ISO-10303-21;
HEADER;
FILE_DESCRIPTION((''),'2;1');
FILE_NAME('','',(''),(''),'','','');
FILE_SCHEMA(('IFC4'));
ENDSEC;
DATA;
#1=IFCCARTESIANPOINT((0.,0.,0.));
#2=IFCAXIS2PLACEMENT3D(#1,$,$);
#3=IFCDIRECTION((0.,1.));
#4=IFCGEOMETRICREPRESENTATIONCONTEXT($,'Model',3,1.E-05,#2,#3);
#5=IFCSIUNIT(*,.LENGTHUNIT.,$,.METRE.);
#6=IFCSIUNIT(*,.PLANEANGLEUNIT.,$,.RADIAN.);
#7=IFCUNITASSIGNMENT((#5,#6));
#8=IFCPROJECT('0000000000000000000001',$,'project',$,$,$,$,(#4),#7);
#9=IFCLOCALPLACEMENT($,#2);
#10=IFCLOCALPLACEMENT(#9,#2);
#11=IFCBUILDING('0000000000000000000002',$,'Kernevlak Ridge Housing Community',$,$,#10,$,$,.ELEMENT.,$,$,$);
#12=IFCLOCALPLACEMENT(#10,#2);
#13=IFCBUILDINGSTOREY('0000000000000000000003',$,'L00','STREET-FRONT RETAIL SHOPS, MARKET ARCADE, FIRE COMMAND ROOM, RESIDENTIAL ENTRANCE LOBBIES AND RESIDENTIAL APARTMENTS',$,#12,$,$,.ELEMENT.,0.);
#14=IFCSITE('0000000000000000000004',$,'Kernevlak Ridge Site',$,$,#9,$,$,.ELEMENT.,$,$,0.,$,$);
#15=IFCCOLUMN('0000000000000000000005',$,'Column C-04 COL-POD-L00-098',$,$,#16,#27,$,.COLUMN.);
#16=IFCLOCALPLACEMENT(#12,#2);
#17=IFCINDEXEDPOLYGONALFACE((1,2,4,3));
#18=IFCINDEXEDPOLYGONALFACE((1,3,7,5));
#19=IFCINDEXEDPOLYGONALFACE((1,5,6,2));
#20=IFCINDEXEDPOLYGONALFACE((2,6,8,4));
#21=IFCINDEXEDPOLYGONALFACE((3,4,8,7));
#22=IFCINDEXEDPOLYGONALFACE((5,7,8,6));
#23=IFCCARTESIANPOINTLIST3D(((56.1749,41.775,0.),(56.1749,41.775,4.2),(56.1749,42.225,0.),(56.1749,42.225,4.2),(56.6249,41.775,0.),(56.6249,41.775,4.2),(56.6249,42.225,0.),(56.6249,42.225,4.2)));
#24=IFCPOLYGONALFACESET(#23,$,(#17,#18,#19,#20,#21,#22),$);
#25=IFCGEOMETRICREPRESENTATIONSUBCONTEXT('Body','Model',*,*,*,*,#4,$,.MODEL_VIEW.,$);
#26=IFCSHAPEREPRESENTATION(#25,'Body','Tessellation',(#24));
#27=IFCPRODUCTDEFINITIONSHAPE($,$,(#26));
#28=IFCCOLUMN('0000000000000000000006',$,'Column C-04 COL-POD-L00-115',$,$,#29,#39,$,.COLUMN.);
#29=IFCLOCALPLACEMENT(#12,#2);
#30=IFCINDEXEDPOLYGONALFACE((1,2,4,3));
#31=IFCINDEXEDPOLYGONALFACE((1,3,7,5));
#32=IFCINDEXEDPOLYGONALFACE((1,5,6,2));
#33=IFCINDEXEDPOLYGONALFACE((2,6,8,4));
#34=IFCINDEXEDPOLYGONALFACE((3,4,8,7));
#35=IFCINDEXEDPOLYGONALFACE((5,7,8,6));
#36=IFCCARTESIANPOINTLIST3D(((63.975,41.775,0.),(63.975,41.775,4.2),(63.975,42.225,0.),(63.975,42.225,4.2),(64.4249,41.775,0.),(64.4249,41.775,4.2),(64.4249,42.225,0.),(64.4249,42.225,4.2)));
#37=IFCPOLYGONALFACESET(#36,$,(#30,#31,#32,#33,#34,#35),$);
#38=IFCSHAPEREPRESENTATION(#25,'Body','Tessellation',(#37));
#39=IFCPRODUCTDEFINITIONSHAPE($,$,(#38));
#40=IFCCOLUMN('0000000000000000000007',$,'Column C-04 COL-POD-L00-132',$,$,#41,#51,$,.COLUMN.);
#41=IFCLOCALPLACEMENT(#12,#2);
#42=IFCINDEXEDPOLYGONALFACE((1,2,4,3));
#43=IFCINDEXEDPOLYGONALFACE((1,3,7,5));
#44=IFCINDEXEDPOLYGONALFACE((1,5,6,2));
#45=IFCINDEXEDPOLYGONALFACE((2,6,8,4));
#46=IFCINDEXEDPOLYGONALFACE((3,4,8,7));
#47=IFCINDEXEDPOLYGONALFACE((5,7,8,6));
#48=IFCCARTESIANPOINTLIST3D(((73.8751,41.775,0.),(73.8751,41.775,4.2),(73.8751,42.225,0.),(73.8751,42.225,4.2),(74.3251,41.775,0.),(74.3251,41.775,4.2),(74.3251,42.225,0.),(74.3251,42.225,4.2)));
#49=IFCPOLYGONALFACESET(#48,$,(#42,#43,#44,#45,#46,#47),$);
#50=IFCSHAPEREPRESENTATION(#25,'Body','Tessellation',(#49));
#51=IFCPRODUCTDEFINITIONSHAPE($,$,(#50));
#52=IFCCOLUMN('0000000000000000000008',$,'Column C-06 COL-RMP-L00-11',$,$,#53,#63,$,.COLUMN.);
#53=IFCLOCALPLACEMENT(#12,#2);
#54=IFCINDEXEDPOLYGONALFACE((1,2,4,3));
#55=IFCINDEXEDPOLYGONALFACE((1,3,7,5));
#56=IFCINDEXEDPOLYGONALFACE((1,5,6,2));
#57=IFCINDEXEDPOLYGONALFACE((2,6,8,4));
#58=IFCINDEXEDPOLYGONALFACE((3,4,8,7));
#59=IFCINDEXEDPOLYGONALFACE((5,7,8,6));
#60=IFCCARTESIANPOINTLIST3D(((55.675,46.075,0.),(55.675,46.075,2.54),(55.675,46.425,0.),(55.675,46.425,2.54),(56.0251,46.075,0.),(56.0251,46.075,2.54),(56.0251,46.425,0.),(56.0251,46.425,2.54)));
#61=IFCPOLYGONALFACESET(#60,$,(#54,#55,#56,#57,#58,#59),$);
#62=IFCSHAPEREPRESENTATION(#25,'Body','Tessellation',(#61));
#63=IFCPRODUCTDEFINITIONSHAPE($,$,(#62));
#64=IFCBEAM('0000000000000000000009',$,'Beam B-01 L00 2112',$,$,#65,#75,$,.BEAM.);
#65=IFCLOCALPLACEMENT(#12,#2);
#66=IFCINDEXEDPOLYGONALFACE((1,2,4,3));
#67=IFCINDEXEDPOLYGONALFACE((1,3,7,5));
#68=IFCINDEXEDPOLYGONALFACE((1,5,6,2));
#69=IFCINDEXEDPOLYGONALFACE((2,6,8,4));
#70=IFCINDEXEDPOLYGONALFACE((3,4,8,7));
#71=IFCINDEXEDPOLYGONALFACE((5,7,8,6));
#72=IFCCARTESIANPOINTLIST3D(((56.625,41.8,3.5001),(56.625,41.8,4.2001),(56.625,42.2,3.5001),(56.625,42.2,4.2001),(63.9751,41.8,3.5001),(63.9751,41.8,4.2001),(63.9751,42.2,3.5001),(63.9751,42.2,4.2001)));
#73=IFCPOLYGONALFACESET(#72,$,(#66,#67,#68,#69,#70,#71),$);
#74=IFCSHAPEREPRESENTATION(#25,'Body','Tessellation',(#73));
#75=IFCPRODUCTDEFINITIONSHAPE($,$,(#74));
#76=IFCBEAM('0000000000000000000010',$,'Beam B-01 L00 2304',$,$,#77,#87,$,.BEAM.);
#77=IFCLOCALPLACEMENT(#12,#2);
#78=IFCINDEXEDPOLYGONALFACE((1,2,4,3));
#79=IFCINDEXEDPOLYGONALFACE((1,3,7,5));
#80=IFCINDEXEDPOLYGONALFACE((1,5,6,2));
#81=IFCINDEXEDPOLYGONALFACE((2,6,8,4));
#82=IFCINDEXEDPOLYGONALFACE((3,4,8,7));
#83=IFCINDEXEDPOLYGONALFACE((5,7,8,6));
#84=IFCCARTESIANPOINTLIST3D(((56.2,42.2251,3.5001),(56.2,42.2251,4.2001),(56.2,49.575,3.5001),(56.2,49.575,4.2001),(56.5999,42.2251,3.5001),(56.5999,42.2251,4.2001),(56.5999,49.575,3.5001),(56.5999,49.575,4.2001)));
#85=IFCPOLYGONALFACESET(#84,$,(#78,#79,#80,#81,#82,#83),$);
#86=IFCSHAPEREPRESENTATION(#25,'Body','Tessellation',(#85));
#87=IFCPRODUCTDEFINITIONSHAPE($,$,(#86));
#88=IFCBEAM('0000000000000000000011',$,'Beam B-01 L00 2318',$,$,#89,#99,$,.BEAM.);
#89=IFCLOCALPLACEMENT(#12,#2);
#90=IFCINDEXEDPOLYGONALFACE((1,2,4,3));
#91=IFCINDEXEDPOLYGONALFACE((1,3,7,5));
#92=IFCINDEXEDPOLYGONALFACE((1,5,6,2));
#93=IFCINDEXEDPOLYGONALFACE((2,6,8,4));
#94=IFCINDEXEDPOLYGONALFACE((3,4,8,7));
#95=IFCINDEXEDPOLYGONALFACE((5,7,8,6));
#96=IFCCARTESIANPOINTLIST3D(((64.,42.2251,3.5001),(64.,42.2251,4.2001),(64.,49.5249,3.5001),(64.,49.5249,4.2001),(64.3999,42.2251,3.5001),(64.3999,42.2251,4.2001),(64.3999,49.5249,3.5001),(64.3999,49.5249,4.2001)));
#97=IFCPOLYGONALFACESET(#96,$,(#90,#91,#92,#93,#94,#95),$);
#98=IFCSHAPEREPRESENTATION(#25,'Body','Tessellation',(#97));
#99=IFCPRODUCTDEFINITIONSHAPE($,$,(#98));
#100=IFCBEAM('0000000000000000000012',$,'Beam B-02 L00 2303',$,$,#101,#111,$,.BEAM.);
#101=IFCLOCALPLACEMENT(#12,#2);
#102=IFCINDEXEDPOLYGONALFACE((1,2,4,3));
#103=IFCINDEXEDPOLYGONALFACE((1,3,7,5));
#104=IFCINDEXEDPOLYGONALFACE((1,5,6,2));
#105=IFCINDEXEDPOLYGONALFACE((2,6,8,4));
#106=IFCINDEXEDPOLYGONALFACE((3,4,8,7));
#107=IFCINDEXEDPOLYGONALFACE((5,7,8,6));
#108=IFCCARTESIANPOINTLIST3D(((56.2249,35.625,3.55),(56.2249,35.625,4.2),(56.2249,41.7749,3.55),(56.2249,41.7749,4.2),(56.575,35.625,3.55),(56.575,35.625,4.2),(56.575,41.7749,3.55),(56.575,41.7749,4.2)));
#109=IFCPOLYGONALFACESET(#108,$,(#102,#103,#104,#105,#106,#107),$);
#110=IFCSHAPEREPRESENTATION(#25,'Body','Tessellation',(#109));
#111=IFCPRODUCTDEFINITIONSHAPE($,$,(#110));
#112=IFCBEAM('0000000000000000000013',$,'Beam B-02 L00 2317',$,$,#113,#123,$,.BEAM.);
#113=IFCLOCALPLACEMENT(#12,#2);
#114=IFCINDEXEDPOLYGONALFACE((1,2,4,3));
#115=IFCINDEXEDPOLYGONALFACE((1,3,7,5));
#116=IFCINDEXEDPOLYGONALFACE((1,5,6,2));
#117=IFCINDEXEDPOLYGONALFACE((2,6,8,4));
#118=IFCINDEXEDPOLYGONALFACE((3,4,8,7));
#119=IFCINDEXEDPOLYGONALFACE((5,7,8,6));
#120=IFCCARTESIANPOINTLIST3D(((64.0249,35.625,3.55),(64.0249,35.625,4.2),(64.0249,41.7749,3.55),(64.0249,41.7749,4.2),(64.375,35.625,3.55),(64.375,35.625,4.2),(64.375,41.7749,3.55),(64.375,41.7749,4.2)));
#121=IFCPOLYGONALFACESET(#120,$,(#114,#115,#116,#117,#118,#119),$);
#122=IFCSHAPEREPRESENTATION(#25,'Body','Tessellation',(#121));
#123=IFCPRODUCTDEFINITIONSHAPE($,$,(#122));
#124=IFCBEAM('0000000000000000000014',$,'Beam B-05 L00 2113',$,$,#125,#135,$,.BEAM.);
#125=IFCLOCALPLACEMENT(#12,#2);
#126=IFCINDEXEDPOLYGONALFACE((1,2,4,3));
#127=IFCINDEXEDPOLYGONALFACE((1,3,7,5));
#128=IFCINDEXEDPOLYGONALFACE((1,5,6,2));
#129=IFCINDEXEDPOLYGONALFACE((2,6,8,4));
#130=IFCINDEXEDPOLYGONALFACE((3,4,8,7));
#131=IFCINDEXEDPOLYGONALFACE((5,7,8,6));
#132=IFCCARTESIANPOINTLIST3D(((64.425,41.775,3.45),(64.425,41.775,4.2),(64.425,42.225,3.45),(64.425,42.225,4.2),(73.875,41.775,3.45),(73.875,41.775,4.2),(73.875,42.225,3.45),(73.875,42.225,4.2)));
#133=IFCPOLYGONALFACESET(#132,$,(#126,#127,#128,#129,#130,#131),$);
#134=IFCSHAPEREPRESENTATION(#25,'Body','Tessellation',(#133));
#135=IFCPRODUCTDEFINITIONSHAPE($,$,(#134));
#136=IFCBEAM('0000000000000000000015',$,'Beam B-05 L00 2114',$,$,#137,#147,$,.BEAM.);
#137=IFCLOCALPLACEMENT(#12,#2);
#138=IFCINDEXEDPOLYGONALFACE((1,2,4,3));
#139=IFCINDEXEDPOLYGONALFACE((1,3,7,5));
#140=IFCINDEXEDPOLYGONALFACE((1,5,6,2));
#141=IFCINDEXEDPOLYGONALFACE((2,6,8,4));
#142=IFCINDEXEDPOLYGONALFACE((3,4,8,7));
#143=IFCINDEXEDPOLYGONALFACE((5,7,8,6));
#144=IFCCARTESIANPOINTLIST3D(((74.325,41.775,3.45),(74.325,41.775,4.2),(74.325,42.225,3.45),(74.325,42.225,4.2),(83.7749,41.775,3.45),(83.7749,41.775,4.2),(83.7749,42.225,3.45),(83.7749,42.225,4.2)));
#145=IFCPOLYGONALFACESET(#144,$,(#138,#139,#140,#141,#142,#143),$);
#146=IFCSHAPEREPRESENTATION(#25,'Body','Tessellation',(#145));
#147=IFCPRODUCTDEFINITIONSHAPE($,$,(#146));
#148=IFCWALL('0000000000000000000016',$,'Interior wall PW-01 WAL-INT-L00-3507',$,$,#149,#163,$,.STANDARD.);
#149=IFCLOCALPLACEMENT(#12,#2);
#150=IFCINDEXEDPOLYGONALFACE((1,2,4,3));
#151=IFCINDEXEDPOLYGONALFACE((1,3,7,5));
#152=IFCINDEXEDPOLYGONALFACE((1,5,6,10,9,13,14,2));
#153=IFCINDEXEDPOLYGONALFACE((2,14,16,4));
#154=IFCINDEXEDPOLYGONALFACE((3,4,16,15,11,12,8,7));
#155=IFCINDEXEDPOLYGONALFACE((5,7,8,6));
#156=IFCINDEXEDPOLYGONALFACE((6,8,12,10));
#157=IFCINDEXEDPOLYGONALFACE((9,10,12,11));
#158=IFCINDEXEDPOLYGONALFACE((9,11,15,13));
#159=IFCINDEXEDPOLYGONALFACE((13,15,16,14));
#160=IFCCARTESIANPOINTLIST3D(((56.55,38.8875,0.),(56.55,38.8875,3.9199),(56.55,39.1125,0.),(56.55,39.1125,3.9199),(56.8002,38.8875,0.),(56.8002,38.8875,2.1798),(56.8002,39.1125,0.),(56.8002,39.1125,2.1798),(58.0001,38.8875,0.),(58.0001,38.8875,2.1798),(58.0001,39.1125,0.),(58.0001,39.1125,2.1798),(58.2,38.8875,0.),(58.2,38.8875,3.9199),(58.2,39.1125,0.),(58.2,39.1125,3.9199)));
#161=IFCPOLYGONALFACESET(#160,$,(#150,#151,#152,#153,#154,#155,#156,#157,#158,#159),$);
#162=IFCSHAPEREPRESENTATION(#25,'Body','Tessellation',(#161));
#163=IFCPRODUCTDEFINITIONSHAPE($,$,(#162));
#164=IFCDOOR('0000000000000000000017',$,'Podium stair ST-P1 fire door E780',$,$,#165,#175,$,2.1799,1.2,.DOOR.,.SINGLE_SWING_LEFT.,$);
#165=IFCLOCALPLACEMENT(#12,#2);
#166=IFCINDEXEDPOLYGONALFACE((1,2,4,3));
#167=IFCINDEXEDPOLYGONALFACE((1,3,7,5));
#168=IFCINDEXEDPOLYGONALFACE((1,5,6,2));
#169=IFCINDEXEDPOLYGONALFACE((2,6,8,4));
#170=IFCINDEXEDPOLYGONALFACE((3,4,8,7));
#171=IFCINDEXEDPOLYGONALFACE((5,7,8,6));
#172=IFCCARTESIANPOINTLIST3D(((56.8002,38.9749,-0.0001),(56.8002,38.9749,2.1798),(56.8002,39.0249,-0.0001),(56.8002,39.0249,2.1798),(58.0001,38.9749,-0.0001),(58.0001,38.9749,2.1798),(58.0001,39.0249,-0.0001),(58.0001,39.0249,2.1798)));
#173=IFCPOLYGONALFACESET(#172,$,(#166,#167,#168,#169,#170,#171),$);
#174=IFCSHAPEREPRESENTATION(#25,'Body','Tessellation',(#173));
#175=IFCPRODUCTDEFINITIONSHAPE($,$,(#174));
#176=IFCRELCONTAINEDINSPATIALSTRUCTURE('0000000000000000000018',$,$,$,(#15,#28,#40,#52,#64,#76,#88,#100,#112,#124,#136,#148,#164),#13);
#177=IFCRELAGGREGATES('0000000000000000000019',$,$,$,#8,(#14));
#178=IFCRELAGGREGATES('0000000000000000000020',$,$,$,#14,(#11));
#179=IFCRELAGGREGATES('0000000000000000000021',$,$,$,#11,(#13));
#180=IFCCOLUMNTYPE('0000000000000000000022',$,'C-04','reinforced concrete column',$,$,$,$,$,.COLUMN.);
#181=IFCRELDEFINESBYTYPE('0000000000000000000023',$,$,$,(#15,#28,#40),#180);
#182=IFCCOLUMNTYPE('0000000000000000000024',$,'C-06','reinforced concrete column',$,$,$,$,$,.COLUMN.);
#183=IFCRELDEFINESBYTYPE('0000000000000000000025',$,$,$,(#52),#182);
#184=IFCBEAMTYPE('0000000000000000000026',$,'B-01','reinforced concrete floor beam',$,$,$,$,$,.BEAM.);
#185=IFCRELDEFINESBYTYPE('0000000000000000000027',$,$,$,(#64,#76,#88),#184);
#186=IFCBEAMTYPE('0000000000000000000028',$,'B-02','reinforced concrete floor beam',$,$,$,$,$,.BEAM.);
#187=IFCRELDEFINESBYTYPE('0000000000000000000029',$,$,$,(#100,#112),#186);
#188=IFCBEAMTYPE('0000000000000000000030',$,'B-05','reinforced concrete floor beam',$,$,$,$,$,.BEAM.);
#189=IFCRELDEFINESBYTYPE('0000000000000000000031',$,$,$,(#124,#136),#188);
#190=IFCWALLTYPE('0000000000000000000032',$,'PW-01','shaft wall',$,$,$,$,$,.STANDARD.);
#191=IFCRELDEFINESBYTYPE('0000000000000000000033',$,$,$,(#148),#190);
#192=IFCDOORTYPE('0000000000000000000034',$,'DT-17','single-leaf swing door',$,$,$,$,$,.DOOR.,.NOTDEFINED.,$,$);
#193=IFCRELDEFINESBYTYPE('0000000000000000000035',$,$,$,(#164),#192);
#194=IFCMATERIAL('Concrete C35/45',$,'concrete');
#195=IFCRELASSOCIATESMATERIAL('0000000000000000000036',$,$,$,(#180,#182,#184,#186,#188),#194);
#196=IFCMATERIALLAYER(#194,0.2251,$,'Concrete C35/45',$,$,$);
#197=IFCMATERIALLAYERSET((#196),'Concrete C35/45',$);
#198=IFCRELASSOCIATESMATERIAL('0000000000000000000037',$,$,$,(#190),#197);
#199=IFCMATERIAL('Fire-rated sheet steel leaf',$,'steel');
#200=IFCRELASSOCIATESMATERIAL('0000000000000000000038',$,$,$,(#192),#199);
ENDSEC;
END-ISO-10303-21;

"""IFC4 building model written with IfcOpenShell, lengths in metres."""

from ifc_helpers import new_model, si_unit, direction, frame, frame_2d, origin, origin_2d, place, context, subcontext, project, spatial, rectangle, extrude, material, layer, layer_set, material_profile, profile_set, type_object, element, fill, save


model = new_model("IFC4")

# Units and contexts
model_context = context("Model", 3, precision=1e-05, world=origin(), true_north=direction((0.0, 1.0)))
body_context = subcontext(model_context, "Body", "Model", "MODEL_VIEW")
ifc_project = project(units=[si_unit("LENGTHUNIT", "METRE"), si_unit("PLANEANGLEUNIT", "RADIAN")], contexts=[model_context])

# Site, building, storey
site_placement = place(None, origin())
site = spatial("IfcSite", under=ifc_project, at=site_placement, Name="Kernevlak Ridge Site", CompositionType="ELEMENT", RefElevation=0.0)
building_placement = place(site_placement, origin())
building = spatial("IfcBuilding", under=site, at=building_placement, Name="Kernevlak Ridge Housing Community", CompositionType="ELEMENT")
storey_placement = place(building_placement, origin())
storey = spatial("IfcBuildingStorey", under=building, at=storey_placement, Name="L00", Description="STREET-FRONT RETAIL SHOPS, MARKET ARCADE, FIRE COMMAND ROOM, RESIDENTIAL ENTRANCE LOBBIES AND RESIDENTIAL APARTMENTS", CompositionType="ELEMENT", Elevation=0.0)

# Columns
ifc_material_1 = material(Name="Concrete C35/45", Category="concrete")
ifc_material_profile_1 = material_profile(ifc_material_1, rectangle(XDim=0.45, YDim=0.45, at=origin_2d()), Name="RC 450x450")
ifc_profile_set_1 = profile_set([ifc_material_profile_1], Name="Concrete C35/45")
column_type_1 = type_object("IfcColumnType", Name="C-04", Description="reinforced concrete column", PredefinedType="COLUMN", material=ifc_profile_set_1)
for number, where, z_axis, x_axis, name in (
    (1, (56.3999, 42.0, 0.0), (0.0, 0.0, 1.0), (1.0, 0.0, 0.0), "Column C-04 COL-POD-L00-098"),
    (2, (64.2, 42.0, 0.0), (0.0, 0.0, 1.0), (1.0, 0.0, 0.0), "Column C-04 COL-POD-L00-115"),
    (3, (74.1001, 42.0, 0.0), (0.0, 0.0, 1.0), (1.0, 0.0, 0.0), "Column C-04 COL-POD-L00-132"),
):
    element("IfcColumn", number, at=place(storey_placement, frame(where, z_axis=z_axis, x_axis=x_axis)), inside=storey, type_object=column_type_1, Name=name, PredefinedType="COLUMN", context=body_context, shape_type="SweptSolid", body=[
        extrude(rectangle(XDim=0.45, YDim=0.45, at=origin_2d()), origin(), (0.0, 0.0, 1.0), 4.2),
    ])
ifc_material_profile_2 = material_profile(ifc_material_1, rectangle(XDim=0.3501, YDim=0.3501, at=origin_2d()), Name="RC 350x350")
ifc_profile_set_2 = profile_set([ifc_material_profile_2], Name="Concrete C35/45")
column_type_2 = type_object("IfcColumnType", Name="C-06", Description="reinforced concrete column", PredefinedType="COLUMN", material=ifc_profile_set_2)
column_placement = place(storey_placement, frame((55.8501, 46.25, 0.0), z_axis=(0.0, 0.0, 1.0), x_axis=(1.0, 0.0, 0.0)))
element("IfcColumn", 4, at=column_placement, inside=storey, type_object=column_type_2, Name="Column C-06 COL-RMP-L00-11", PredefinedType="COLUMN", context=body_context, shape_type="SweptSolid", body=[
    extrude(rectangle(XDim=0.3501, YDim=0.3501, at=origin_2d()), origin(), (0.0, 0.0, 1.0), 2.54),
])

# Beams
ifc_material_profile_3 = material_profile(ifc_material_1, rectangle(XDim=0.3999, YDim=0.7, at=origin_2d()), Name="RC 400x700")
ifc_profile_set_3 = profile_set([ifc_material_profile_3], Name="Concrete C35/45")
beam_type_1 = type_object("IfcBeamType", Name="B-01", Description="reinforced concrete floor beam", PredefinedType="BEAM", material=ifc_profile_set_3)
beam_1_placement = place(storey_placement, frame((56.625, 42.0, 3.8501), z_axis=(1.0, 0.0, 0.0), x_axis=(0.0, 1.0, 0.0)))
element("IfcBeam", 5, at=beam_1_placement, inside=storey, type_object=beam_type_1, Name="Beam B-01 L00 2112", PredefinedType="BEAM", context=body_context, shape_type="SweptSolid", body=[
    extrude(rectangle(XDim=0.3999, YDim=0.7, at=origin_2d()), origin(), (0.0, 0.0, 1.0), 7.3501),
])
beam_2_placement = place(storey_placement, frame((56.3999, 42.2251, 3.8501), z_axis=(0.0, 1.0, 0.0), x_axis=(-1.0, 0.0, 0.0)))
element("IfcBeam", 6, at=beam_2_placement, inside=storey, type_object=beam_type_1, Name="Beam B-01 L00 2304", PredefinedType="BEAM", context=body_context, shape_type="SweptSolid", body=[
    extrude(rectangle(XDim=0.3999, YDim=0.7, at=origin_2d()), origin(), (0.0, 0.0, 1.0), 7.3499),
])
beam_3_placement = place(storey_placement, frame((64.2, 42.2251, 3.8501), z_axis=(0.0, 1.0, 0.0), x_axis=(-1.0, 0.0, 0.0)))
element("IfcBeam", 7, at=beam_3_placement, inside=storey, type_object=beam_type_1, Name="Beam B-01 L00 2318", PredefinedType="BEAM", context=body_context, shape_type="SweptSolid", body=[
    extrude(rectangle(XDim=0.3999, YDim=0.7, at=origin_2d()), origin(), (0.0, 0.0, 1.0), 7.2998),
])
ifc_material_profile_4 = material_profile(ifc_material_1, rectangle(XDim=0.3501, YDim=0.6499, at=origin_2d()), Name="RC 350x650")
ifc_profile_set_4 = profile_set([ifc_material_profile_4], Name="Concrete C35/45")
beam_type_2 = type_object("IfcBeamType", Name="B-02", Description="reinforced concrete floor beam", PredefinedType="BEAM", material=ifc_profile_set_4)
for number, where, z_axis, x_axis, name in (
    (8, (56.3999, 35.625, 3.875), (0.0, 1.0, 0.0), (-1.0, 0.0, 0.0), "Beam B-02 L00 2303"),
    (9, (64.2, 35.625, 3.875), (0.0, 1.0, 0.0), (-1.0, 0.0, 0.0), "Beam B-02 L00 2317"),
):
    element("IfcBeam", number, at=place(storey_placement, frame(where, z_axis=z_axis, x_axis=x_axis)), inside=storey, type_object=beam_type_2, Name=name, PredefinedType="BEAM", context=body_context, shape_type="SweptSolid", body=[
        extrude(rectangle(XDim=0.3501, YDim=0.6499, at=origin_2d()), origin(), (0.0, 0.0, 1.0), 6.1499),
    ])
ifc_material_profile_5 = material_profile(ifc_material_1, rectangle(XDim=0.45, YDim=0.75, at=origin_2d()), Name="RC 450x750")
ifc_profile_set_5 = profile_set([ifc_material_profile_5], Name="Concrete C35/45")
beam_type_3 = type_object("IfcBeamType", Name="B-05", Description="reinforced concrete floor beam", PredefinedType="BEAM", material=ifc_profile_set_5)
for number, where, z_axis, x_axis, name in (
    (10, (64.425, 42.0, 3.825), (1.0, 0.0, 0.0), (0.0, 1.0, 0.0), "Beam B-05 L00 2113"),
    (11, (74.325, 42.0, 3.825), (1.0, 0.0, 0.0), (0.0, 1.0, 0.0), "Beam B-05 L00 2114"),
):
    element("IfcBeam", number, at=place(storey_placement, frame(where, z_axis=z_axis, x_axis=x_axis)), inside=storey, type_object=beam_type_3, Name=name, PredefinedType="BEAM", context=body_context, shape_type="SweptSolid", body=[
        extrude(rectangle(XDim=0.45, YDim=0.75, at=origin_2d()), origin(), (0.0, 0.0, 1.0), 9.45),
    ])

# Wall, opening, door
ifc_layer_1 = layer(ifc_material_1, 0.2251, Name="Concrete C35/45")
ifc_layer_set_1 = layer_set([ifc_layer_1], Name="Concrete C35/45")
wall_type_1 = type_object("IfcWallType", Name="PW-01", Description="shaft wall", PredefinedType="STANDARD", material=ifc_layer_set_1)
wall_1_placement = place(storey_placement, frame((56.55, 39.0, 0.0), z_axis=(0.0, 0.0, 1.0), x_axis=(1.0, 0.0, 0.0)))
wall_1 = element("IfcWall", 12, at=wall_1_placement, inside=storey, type_object=wall_type_1, Name="Interior wall PW-01 WAL-INT-L00-3507", PredefinedType="STANDARD", context=body_context, shape_type="SweptSolid", body=[
    extrude(rectangle(XDim=1.6499, YDim=0.2251, at=frame_2d((0.825, 0.0))), origin(), (0.0, 0.0, 1.0), 3.9199),
])
opening_1_placement = place(wall_1_placement, frame((0.25, 0.0, 0.0)))
opening_1 = element("IfcOpeningElement", 13, at=opening_1_placement, cuts=wall_1, PredefinedType="OPENING", context=body_context, shape_type="SweptSolid", body=[
    extrude(rectangle(XDim=1.2, YDim=2.1799, at=frame_2d((0.6001, 1.0898))), frame((0.0, 0.1226, 0.0), z_axis=(0.0, -1.0, 0.0), x_axis=(1.0, 0.0, 0.0)), (0.0, 0.0, 1.0), 0.2451),
])
ifc_material_2 = material(Name="Fire-rated sheet steel leaf", Category="steel")
door_type_1 = type_object("IfcDoorType", Name="DT-17", Description="single-leaf swing door", OperationType="NOTDEFINED", PredefinedType="DOOR", material=ifc_material_2)
door_1_placement = place(opening_1_placement, origin())
door_1 = element("IfcDoor", 14, at=door_1_placement, inside=storey, type_object=door_type_1, Name="Podium stair ST-P1 fire door E780", OperationType="SINGLE_SWING_LEFT", OverallHeight=2.1799, OverallWidth=1.2, PredefinedType="DOOR", context=body_context, shape_type="SweptSolid", body=[
    extrude(rectangle(XDim=1.2, YDim=2.1799, at=frame_2d((0.6001, 1.0898))), frame((0.0, 0.0249, 0.0), z_axis=(0.0, -1.0, 0.0), x_axis=(1.0, 0.0, 0.0)), (0.0, 0.0, 1.0), 0.05),
])
fill(opening_1, door_1)

save(model, "model.ifc")
